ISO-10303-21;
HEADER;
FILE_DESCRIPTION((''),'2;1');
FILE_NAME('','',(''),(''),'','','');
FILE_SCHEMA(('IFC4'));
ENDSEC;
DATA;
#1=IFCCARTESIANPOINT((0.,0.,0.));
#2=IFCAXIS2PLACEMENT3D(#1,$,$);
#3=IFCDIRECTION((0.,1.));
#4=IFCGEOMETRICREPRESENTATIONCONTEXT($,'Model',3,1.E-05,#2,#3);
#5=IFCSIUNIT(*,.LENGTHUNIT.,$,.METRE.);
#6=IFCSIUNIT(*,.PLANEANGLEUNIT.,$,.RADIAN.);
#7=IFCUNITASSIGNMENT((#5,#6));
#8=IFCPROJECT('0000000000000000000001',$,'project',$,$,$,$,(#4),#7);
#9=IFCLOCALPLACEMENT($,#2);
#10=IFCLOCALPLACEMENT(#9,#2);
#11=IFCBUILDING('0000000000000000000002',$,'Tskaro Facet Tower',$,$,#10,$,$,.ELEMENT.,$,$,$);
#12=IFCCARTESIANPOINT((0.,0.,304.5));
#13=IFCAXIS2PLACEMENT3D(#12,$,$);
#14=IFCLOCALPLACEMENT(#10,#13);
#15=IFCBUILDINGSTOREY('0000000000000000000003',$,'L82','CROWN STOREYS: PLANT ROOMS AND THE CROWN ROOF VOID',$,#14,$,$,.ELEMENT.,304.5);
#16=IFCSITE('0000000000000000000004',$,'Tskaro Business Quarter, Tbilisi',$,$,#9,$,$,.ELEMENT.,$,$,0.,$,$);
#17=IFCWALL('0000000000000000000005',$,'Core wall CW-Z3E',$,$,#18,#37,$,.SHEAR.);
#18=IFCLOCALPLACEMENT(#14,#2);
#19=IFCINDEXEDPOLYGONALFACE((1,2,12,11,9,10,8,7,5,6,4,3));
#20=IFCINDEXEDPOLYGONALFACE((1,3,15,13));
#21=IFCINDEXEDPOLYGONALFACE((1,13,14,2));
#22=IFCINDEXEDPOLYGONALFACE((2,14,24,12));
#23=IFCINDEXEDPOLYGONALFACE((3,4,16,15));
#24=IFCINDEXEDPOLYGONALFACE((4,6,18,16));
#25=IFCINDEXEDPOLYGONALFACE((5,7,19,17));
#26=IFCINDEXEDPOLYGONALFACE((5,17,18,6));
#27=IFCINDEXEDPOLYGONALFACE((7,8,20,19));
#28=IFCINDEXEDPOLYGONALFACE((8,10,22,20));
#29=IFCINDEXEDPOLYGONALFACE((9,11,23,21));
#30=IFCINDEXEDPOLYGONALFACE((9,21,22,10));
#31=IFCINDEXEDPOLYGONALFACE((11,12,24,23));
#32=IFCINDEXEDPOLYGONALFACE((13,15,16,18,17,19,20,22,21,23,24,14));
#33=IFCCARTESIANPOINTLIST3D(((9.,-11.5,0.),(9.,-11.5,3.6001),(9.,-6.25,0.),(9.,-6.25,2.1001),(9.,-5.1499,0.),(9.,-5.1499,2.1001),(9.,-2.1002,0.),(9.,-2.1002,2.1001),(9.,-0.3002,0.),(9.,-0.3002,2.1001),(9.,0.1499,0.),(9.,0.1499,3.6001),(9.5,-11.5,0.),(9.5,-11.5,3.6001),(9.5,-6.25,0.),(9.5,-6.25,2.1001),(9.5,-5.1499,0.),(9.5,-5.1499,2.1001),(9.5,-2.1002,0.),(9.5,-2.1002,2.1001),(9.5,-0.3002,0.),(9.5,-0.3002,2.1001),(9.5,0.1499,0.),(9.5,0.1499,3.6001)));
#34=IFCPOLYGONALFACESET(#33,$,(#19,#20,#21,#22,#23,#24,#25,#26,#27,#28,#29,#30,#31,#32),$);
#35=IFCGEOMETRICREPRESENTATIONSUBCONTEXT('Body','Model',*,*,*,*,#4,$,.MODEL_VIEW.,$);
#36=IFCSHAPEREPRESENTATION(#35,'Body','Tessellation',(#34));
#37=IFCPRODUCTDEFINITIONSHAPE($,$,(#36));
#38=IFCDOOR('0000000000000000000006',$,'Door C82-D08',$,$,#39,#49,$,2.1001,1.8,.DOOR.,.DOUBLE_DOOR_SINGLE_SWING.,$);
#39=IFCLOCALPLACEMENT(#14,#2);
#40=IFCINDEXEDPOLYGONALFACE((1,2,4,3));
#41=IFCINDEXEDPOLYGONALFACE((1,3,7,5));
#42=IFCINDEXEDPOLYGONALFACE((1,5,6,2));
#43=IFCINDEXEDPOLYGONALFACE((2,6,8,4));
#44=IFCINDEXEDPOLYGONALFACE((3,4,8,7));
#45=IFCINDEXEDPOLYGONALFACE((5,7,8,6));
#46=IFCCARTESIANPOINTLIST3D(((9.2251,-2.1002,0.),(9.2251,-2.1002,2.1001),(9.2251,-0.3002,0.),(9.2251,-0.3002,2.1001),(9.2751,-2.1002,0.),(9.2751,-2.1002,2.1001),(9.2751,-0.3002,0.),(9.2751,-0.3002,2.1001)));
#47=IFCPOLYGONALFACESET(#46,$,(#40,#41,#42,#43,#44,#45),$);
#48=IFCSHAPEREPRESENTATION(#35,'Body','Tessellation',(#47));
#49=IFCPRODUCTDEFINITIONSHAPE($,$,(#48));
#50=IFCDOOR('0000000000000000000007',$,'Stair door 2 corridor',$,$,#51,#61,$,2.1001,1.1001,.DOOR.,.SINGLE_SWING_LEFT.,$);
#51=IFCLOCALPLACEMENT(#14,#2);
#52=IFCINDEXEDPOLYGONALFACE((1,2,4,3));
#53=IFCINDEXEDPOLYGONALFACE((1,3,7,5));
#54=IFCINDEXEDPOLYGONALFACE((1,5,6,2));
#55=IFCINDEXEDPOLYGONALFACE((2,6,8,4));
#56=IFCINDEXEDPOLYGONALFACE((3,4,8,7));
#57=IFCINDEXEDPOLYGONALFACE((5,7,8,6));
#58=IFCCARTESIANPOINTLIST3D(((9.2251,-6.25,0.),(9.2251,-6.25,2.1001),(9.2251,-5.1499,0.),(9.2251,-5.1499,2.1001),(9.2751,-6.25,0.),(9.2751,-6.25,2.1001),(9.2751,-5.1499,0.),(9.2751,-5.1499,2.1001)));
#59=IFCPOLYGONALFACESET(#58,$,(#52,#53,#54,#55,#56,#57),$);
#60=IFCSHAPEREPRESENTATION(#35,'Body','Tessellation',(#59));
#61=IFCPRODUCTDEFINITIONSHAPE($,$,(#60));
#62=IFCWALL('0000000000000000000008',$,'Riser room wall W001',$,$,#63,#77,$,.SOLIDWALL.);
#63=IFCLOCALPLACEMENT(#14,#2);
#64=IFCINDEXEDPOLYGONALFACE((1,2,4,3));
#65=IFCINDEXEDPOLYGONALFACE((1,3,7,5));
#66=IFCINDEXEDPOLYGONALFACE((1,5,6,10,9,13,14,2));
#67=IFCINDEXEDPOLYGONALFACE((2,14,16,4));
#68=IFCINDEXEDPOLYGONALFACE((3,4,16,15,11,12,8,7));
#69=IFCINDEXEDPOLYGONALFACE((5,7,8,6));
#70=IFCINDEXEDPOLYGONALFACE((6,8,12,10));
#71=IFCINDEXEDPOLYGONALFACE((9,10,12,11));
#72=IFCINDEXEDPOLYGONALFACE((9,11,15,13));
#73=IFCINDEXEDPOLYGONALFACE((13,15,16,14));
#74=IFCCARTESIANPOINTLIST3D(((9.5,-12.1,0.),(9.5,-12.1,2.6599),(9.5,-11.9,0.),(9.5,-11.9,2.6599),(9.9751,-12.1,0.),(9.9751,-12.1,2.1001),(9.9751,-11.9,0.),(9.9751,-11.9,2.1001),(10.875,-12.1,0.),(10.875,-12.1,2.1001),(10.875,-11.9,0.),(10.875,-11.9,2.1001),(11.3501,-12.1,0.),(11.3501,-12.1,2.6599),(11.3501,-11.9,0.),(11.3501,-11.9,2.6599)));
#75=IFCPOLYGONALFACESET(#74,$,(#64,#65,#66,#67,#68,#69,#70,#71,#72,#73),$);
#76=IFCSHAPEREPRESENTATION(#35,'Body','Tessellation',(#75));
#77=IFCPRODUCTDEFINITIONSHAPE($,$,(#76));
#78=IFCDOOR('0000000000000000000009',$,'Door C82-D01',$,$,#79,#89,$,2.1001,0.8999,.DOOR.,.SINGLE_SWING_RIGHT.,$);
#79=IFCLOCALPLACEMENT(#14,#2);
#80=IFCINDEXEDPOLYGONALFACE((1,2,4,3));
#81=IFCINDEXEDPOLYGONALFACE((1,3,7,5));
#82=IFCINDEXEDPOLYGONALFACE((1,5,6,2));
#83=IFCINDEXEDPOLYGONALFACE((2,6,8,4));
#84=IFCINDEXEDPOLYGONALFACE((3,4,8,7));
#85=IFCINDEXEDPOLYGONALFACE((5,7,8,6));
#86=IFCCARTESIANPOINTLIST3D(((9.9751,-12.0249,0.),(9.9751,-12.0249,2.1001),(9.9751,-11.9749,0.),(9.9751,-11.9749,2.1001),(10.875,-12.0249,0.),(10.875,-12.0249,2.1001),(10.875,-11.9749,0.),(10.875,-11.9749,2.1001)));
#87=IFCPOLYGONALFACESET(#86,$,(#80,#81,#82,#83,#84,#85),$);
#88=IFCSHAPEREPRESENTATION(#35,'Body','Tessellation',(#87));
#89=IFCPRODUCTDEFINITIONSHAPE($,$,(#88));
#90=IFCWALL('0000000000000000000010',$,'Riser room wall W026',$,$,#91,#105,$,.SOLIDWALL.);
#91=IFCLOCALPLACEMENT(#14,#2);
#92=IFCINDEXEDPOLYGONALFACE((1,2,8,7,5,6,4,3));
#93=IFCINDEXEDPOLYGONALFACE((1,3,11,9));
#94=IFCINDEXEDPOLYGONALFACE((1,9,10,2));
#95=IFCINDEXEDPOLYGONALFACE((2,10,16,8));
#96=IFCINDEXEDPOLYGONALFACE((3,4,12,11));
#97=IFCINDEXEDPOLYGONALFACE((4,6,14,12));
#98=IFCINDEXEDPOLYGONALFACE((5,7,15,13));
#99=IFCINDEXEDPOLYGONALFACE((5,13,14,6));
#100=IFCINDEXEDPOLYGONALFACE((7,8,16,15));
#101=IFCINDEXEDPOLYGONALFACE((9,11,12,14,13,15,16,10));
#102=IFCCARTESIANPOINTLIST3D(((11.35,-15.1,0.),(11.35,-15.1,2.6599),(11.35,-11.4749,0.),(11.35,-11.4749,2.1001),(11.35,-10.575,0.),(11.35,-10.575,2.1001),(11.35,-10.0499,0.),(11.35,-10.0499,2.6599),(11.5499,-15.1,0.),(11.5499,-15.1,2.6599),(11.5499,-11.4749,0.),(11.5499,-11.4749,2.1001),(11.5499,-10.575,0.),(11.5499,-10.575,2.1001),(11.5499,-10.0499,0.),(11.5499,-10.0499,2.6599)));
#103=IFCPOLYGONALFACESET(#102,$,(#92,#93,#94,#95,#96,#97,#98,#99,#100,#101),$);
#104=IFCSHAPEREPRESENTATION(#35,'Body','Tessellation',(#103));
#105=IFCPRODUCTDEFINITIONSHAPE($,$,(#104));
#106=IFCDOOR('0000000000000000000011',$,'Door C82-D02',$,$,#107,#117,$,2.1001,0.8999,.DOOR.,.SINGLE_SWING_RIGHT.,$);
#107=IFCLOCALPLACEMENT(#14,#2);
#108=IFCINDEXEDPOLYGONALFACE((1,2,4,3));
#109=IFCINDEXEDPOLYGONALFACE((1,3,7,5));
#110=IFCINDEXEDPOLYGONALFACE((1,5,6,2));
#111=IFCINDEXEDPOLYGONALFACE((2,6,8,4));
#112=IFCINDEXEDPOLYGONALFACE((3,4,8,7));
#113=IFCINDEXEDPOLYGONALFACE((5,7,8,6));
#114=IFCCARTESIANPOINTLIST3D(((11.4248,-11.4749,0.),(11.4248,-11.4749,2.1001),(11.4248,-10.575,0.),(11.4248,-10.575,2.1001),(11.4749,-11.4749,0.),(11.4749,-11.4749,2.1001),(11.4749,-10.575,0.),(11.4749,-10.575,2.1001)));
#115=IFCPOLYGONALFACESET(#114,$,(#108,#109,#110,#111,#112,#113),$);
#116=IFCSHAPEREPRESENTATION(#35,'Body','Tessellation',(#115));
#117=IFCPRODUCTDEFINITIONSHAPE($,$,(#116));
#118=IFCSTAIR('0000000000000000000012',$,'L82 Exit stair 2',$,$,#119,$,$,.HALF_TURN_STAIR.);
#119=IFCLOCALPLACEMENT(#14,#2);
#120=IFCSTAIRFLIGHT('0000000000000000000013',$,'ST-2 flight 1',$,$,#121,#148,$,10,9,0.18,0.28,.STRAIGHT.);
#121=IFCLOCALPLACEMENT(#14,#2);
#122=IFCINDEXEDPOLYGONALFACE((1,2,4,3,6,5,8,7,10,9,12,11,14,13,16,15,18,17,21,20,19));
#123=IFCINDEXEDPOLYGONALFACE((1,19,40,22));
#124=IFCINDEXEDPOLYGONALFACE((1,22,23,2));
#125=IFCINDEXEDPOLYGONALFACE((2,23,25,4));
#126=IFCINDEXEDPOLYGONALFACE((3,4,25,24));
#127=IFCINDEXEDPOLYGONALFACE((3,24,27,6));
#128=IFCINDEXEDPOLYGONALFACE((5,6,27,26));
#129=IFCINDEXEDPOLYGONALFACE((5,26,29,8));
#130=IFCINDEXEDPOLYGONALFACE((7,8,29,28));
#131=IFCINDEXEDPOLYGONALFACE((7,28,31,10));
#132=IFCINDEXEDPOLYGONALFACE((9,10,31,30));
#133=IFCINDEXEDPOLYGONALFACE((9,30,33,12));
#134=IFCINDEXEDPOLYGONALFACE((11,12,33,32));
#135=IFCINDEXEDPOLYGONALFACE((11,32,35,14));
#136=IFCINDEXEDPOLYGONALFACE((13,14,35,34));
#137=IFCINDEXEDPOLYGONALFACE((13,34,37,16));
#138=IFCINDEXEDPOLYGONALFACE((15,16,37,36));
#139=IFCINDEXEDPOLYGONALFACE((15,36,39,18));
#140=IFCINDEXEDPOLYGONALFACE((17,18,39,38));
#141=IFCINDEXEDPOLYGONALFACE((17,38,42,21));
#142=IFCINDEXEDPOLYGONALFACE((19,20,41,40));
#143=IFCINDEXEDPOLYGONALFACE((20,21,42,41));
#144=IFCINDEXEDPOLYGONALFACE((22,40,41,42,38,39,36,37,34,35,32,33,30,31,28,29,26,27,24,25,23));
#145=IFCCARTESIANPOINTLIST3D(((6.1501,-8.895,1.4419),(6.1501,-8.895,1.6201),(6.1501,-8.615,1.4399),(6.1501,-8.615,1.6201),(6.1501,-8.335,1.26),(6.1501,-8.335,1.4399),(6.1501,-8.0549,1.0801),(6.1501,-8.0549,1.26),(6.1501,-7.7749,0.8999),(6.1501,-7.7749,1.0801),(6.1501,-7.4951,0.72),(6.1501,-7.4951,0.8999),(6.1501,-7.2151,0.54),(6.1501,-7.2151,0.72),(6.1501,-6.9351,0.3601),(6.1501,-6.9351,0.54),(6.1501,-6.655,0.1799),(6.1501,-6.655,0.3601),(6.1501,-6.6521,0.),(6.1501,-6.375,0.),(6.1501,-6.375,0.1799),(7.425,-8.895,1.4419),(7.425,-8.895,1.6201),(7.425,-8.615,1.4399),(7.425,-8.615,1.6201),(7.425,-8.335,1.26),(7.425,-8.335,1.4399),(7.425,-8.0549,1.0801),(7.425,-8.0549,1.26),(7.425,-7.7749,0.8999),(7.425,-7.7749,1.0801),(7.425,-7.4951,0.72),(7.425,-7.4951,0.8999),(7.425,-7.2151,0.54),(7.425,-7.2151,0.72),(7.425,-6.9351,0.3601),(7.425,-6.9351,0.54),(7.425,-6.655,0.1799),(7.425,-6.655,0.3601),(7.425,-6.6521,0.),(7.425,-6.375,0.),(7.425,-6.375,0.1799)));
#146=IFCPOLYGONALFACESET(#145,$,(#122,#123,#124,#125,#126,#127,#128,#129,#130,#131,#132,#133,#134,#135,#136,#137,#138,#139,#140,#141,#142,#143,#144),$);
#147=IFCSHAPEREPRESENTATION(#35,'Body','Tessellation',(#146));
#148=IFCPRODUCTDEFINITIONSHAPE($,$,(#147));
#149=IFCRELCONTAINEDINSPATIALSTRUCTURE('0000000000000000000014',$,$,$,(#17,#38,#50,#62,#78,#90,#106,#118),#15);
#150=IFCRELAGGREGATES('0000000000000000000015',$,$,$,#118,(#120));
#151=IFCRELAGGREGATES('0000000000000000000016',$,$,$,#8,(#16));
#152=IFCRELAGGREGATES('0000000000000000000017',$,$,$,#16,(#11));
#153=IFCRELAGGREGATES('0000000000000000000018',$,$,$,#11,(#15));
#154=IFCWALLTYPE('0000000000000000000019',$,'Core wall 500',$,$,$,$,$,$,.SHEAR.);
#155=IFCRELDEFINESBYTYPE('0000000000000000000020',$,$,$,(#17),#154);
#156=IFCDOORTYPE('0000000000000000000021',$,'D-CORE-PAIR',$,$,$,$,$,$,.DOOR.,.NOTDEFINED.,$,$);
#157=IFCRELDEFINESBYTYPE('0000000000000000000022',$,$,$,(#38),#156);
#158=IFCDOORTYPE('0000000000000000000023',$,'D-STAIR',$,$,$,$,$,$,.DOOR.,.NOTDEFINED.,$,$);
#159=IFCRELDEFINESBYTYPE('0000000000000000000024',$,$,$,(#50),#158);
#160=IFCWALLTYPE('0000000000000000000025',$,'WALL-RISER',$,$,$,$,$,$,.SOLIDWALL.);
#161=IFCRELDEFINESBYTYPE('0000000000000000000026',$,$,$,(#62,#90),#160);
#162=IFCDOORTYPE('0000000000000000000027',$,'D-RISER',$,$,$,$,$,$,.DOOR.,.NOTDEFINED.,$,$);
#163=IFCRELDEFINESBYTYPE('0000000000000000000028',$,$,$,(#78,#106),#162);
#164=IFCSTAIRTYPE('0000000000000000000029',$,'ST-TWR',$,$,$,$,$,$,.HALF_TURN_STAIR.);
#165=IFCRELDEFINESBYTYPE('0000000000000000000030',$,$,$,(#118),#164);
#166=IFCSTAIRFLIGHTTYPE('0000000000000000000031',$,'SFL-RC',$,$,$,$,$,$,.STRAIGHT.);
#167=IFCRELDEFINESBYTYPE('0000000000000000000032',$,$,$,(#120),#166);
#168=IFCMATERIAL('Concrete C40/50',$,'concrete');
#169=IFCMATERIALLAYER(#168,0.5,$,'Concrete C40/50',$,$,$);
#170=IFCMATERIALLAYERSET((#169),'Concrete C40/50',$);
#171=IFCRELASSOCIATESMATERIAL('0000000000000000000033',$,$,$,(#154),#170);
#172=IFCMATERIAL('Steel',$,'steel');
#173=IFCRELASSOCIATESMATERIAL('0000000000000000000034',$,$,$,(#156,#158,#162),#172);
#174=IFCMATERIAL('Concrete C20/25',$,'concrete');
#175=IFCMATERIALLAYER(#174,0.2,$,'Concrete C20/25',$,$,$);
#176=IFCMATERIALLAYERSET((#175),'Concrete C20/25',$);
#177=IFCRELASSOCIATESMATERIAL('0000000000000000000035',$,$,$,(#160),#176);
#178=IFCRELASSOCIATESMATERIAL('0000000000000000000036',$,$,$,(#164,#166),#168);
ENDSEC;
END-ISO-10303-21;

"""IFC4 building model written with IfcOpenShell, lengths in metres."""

from ifc_helpers import new_model, si_unit, direction, frame, frame_2d, origin, place, context, subcontext, project, spatial, polyline, rectangle, outline, extrude, material, layer, layer_set, type_object, element, fill, aggregate, save


model = new_model("IFC4")

# Units and contexts
model_context = context("Model", 3, precision=1e-05, world=origin(), true_north=direction((0.0, 1.0)))
body_context = subcontext(model_context, "Body", "Model", "MODEL_VIEW")
ifc_project = project(units=[si_unit("LENGTHUNIT", "METRE"), si_unit("PLANEANGLEUNIT", "RADIAN")], contexts=[model_context])

# Site, building, storey
site_placement = place(None, origin())
site = spatial("IfcSite", under=ifc_project, at=site_placement, Name="Tskaro Business Quarter, Tbilisi", CompositionType="ELEMENT", RefElevation=0.0)
building_placement = place(site_placement, origin())
building = spatial("IfcBuilding", under=site, at=building_placement, Name="Tskaro Facet Tower", CompositionType="ELEMENT")
storey_placement = place(building_placement, frame((0.0, 0.0, 304.5)))
storey = spatial("IfcBuildingStorey", under=building, at=storey_placement, Name="L82", Description="CROWN STOREYS: PLANT ROOMS AND THE CROWN ROOF VOID", CompositionType="ELEMENT", Elevation=304.5)

# Wall, openings, doors
ifc_material_1 = material(Name="Concrete C40/50", Category="concrete")
ifc_layer_1 = layer(ifc_material_1, 0.5, Name="Concrete C40/50")
ifc_layer_set_1 = layer_set([ifc_layer_1], Name="Concrete C40/50")
wall_type_1 = type_object("IfcWallType", Name="Core wall 500", PredefinedType="SHEAR", material=ifc_layer_set_1)
wall_1_placement = place(storey_placement, frame((9.25, -11.5, 0.0), z_axis=(0.0, 0.0, 1.0), x_axis=(0.0, 1.0, 0.0)))
wall_1 = element("IfcWall", 1, at=wall_1_placement, inside=storey, type_object=wall_type_1, Name="Core wall CW-Z3E", PredefinedType="SHEAR", context=body_context, shape_type="SweptSolid", body=[
    extrude(outline(polyline([(0.0, 0.0), (11.6499, 0.0), (11.6499, 3.6001), (0.0, 3.6001), (0.0, 0.0)])), frame((0.0, 0.25, 0.0), z_axis=(0.0, -1.0, 0.0), x_axis=(1.0, 0.0, 0.0)), (0.0, 0.0, 1.0), 0.5),
])
opening_1_placement = place(wall_1_placement, frame((9.3999, 0.0, 0.0)))
opening_1 = element("IfcOpeningElement", 2, at=opening_1_placement, cuts=wall_1, PredefinedType="OPENING", context=body_context, shape_type="SweptSolid", body=[
    extrude(rectangle(XDim=1.8, YDim=2.1001, at=frame_2d((0.8999, 1.05))), frame((0.0, 0.26, 0.0), z_axis=(0.0, -1.0, 0.0), x_axis=(1.0, 0.0, 0.0)), (0.0, 0.0, 1.0), 0.52),
])
opening_2_placement = place(wall_1_placement, frame((5.25, 0.0, 0.0)))
opening_2 = element("IfcOpeningElement", 3, at=opening_2_placement, cuts=wall_1, PredefinedType="OPENING", context=body_context, shape_type="SweptSolid", body=[
    extrude(rectangle(XDim=1.1001, YDim=2.1001, at=frame_2d((0.55, 1.05))), frame((0.0, 0.26, 0.0), z_axis=(0.0, -1.0, 0.0), x_axis=(1.0, 0.0, 0.0)), (0.0, 0.0, 1.0), 0.52),
])
ifc_material_2 = material(Name="Steel", Category="steel")
door_type_1 = type_object("IfcDoorType", Name="D-CORE-PAIR", OperationType="NOTDEFINED", PredefinedType="DOOR", material=ifc_material_2)
door_1_placement = place(opening_1_placement, origin())
door_1 = element("IfcDoor", 4, at=door_1_placement, inside=storey, type_object=door_type_1, Name="Door C82-D08", OperationType="DOUBLE_DOOR_SINGLE_SWING", OverallHeight=2.1001, OverallWidth=1.8, PredefinedType="DOOR", context=body_context, shape_type="SweptSolid", body=[
    extrude(rectangle(XDim=1.8, YDim=2.1001, at=frame_2d((0.8999, 1.05))), frame((0.0, 0.0249, 0.0), z_axis=(0.0, -1.0, 0.0), x_axis=(1.0, 0.0, 0.0)), (0.0, 0.0, 1.0), 0.05),
])
fill(opening_1, door_1)
door_type_2 = type_object("IfcDoorType", Name="D-STAIR", OperationType="NOTDEFINED", PredefinedType="DOOR", material=ifc_material_2)
door_2_placement = place(opening_2_placement, origin())
door_2 = element("IfcDoor", 5, at=door_2_placement, inside=storey, type_object=door_type_2, Name="Stair door 2 corridor", OperationType="SINGLE_SWING_LEFT", OverallHeight=2.1001, OverallWidth=1.1001, PredefinedType="DOOR", context=body_context, shape_type="SweptSolid", body=[
    extrude(rectangle(XDim=1.1001, YDim=2.1001, at=frame_2d((0.55, 1.05))), frame((0.0, 0.0249, 0.0), z_axis=(0.0, -1.0, 0.0), x_axis=(1.0, 0.0, 0.0)), (0.0, 0.0, 1.0), 0.05),
])
fill(opening_2, door_2)

# Walls, openings, doors
ifc_material_3 = material(Name="Concrete C20/25", Category="concrete")
ifc_layer_2 = layer(ifc_material_3, 0.2, Name="Concrete C20/25")
ifc_layer_set_2 = layer_set([ifc_layer_2], Name="Concrete C20/25")
wall_type_2 = type_object("IfcWallType", Name="WALL-RISER", PredefinedType="SOLIDWALL", material=ifc_layer_set_2)
wall_2_placement = place(storey_placement, frame((11.3501, -12.0, 0.0), z_axis=(0.0, 0.0, 1.0), x_axis=(-1.0, 0.0, 0.0)))
wall_2 = element("IfcWall", 6, at=wall_2_placement, inside=storey, type_object=wall_type_2, Name="Riser room wall W001", PredefinedType="SOLIDWALL", context=body_context, shape_type="SweptSolid", body=[
    extrude(rectangle(XDim=1.8501, YDim=0.2, at=frame_2d((0.925, 0.0))), origin(), (0.0, 0.0, 1.0), 2.6599),
])
opening_3_placement = place(wall_2_placement, frame((0.4751, 0.0, 0.0)))
opening_3 = element("IfcOpeningElement", 7, at=opening_3_placement, cuts=wall_2, PredefinedType="OPENING", context=body_context, shape_type="SweptSolid", body=[
    extrude(rectangle(XDim=0.8999, YDim=2.1001, at=frame_2d((0.45, 1.05))), frame((0.0, 0.1099, 0.0), z_axis=(0.0, -1.0, 0.0), x_axis=(1.0, 0.0, 0.0)), (0.0, 0.0, 1.0), 0.22),
])
door_type_3 = type_object("IfcDoorType", Name="D-RISER", OperationType="NOTDEFINED", PredefinedType="DOOR", material=ifc_material_2)
door_3_placement = place(opening_3_placement, origin())
door_3 = element("IfcDoor", 8, at=door_3_placement, inside=storey, type_object=door_type_3, Name="Door C82-D01", OperationType="SINGLE_SWING_RIGHT", OverallHeight=2.1001, OverallWidth=0.8999, PredefinedType="DOOR", context=body_context, shape_type="SweptSolid", body=[
    extrude(rectangle(XDim=0.8999, YDim=2.1001, at=frame_2d((0.45, 1.05))), frame((0.0, 0.0249, 0.0), z_axis=(0.0, -1.0, 0.0), x_axis=(1.0, 0.0, 0.0)), (0.0, 0.0, 1.0), 0.05),
])
fill(opening_3, door_3)
wall_3_placement = place(storey_placement, frame((11.45, -10.05, 0.0), z_axis=(0.0, 0.0, 1.0), x_axis=(0.0, -1.0, 0.0)))
wall_3 = element("IfcWall", 9, at=wall_3_placement, inside=storey, type_object=wall_type_2, Name="Riser room wall W026", PredefinedType="SOLIDWALL", context=body_context, shape_type="SweptSolid", body=[
    extrude(rectangle(XDim=5.05, YDim=0.2, at=frame_2d((2.5249, 0.0))), origin(), (0.0, 0.0, 1.0), 2.6599),
])
opening_4_placement = place(wall_3_placement, frame((0.5249, 0.0, 0.0)))
opening_4 = element("IfcOpeningElement", 10, at=opening_4_placement, cuts=wall_3, PredefinedType="OPENING", context=body_context, shape_type="SweptSolid", body=[
    extrude(rectangle(XDim=0.8999, YDim=2.1001, at=frame_2d((0.45, 1.05))), frame((0.0, 0.1099, 0.0), z_axis=(0.0, -1.0, 0.0), x_axis=(1.0, 0.0, 0.0)), (0.0, 0.0, 1.0), 0.22),
])
door_4_placement = place(opening_4_placement, origin())
door_4 = element("IfcDoor", 11, at=door_4_placement, inside=storey, type_object=door_type_3, Name="Door C82-D02", OperationType="SINGLE_SWING_RIGHT", OverallHeight=2.1001, OverallWidth=0.8999, PredefinedType="DOOR", context=body_context, shape_type="SweptSolid", body=[
    extrude(rectangle(XDim=0.8999, YDim=2.1001, at=frame_2d((0.45, 1.05))), frame((0.0, 0.0249, 0.0), z_axis=(0.0, -1.0, 0.0), x_axis=(1.0, 0.0, 0.0)), (0.0, 0.0, 1.0), 0.05),
])
fill(opening_4, door_4)

# Stair, stair flight
stair_type = type_object("IfcStairType", Name="ST-TWR", PredefinedType="HALF_TURN_STAIR", material=ifc_material_1)
stair_placement = place(storey_placement, origin())
stair = element("IfcStair", 12, at=stair_placement, inside=storey, type_object=stair_type, Name="L82 Exit stair 2", PredefinedType="HALF_TURN_STAIR")
stair_flight_type = type_object("IfcStairFlightType", Name="SFL-RC", PredefinedType="STRAIGHT", material=ifc_material_1)
stair_flight_1_placement = place(storey_placement, frame((6.7876, -6.375, 0.0), z_axis=(0.0, 0.0, 1.0), x_axis=(0.0, -1.0, 0.0)))
stair_flight_1 = element("IfcStairFlight", 13, at=stair_flight_1_placement, type_object=stair_flight_type, Name="ST-2 flight 1", NumberOfRisers=10, NumberOfTreads=9, PredefinedType="STRAIGHT", RiserHeight=0.18, TreadLength=0.28, context=body_context, shape_type="SweptSolid", body=[
    extrude(outline(polyline([(0.0, 0.0), (0.0, 0.1799), (0.28, 0.1799), (0.28, 0.3601), (0.5601, 0.3601), (0.5601, 0.54), (0.8401, 0.54), (0.8401, 0.72), (1.1201, 0.72), (1.1201, 0.8999), (1.3999, 0.8999), (1.3999, 1.0801), (1.6799, 1.0801), (1.6799, 1.26), (1.96, 1.26), (1.96, 1.4399), (2.24, 1.4399), (2.24, 1.6201), (2.52, 1.6201), (2.52, 1.8), (2.52, 1.4419), (0.2771, 0.0), (0.0, 0.0)])), frame((0.0, 0.6375, 0.0), z_axis=(0.0, -1.0, 0.0), x_axis=(1.0, 0.0, 0.0)), (0.0, 0.0, 1.0), 1.2749),
])
aggregate(stair, [stair_flight_1])

save(model, "model.ifc")
